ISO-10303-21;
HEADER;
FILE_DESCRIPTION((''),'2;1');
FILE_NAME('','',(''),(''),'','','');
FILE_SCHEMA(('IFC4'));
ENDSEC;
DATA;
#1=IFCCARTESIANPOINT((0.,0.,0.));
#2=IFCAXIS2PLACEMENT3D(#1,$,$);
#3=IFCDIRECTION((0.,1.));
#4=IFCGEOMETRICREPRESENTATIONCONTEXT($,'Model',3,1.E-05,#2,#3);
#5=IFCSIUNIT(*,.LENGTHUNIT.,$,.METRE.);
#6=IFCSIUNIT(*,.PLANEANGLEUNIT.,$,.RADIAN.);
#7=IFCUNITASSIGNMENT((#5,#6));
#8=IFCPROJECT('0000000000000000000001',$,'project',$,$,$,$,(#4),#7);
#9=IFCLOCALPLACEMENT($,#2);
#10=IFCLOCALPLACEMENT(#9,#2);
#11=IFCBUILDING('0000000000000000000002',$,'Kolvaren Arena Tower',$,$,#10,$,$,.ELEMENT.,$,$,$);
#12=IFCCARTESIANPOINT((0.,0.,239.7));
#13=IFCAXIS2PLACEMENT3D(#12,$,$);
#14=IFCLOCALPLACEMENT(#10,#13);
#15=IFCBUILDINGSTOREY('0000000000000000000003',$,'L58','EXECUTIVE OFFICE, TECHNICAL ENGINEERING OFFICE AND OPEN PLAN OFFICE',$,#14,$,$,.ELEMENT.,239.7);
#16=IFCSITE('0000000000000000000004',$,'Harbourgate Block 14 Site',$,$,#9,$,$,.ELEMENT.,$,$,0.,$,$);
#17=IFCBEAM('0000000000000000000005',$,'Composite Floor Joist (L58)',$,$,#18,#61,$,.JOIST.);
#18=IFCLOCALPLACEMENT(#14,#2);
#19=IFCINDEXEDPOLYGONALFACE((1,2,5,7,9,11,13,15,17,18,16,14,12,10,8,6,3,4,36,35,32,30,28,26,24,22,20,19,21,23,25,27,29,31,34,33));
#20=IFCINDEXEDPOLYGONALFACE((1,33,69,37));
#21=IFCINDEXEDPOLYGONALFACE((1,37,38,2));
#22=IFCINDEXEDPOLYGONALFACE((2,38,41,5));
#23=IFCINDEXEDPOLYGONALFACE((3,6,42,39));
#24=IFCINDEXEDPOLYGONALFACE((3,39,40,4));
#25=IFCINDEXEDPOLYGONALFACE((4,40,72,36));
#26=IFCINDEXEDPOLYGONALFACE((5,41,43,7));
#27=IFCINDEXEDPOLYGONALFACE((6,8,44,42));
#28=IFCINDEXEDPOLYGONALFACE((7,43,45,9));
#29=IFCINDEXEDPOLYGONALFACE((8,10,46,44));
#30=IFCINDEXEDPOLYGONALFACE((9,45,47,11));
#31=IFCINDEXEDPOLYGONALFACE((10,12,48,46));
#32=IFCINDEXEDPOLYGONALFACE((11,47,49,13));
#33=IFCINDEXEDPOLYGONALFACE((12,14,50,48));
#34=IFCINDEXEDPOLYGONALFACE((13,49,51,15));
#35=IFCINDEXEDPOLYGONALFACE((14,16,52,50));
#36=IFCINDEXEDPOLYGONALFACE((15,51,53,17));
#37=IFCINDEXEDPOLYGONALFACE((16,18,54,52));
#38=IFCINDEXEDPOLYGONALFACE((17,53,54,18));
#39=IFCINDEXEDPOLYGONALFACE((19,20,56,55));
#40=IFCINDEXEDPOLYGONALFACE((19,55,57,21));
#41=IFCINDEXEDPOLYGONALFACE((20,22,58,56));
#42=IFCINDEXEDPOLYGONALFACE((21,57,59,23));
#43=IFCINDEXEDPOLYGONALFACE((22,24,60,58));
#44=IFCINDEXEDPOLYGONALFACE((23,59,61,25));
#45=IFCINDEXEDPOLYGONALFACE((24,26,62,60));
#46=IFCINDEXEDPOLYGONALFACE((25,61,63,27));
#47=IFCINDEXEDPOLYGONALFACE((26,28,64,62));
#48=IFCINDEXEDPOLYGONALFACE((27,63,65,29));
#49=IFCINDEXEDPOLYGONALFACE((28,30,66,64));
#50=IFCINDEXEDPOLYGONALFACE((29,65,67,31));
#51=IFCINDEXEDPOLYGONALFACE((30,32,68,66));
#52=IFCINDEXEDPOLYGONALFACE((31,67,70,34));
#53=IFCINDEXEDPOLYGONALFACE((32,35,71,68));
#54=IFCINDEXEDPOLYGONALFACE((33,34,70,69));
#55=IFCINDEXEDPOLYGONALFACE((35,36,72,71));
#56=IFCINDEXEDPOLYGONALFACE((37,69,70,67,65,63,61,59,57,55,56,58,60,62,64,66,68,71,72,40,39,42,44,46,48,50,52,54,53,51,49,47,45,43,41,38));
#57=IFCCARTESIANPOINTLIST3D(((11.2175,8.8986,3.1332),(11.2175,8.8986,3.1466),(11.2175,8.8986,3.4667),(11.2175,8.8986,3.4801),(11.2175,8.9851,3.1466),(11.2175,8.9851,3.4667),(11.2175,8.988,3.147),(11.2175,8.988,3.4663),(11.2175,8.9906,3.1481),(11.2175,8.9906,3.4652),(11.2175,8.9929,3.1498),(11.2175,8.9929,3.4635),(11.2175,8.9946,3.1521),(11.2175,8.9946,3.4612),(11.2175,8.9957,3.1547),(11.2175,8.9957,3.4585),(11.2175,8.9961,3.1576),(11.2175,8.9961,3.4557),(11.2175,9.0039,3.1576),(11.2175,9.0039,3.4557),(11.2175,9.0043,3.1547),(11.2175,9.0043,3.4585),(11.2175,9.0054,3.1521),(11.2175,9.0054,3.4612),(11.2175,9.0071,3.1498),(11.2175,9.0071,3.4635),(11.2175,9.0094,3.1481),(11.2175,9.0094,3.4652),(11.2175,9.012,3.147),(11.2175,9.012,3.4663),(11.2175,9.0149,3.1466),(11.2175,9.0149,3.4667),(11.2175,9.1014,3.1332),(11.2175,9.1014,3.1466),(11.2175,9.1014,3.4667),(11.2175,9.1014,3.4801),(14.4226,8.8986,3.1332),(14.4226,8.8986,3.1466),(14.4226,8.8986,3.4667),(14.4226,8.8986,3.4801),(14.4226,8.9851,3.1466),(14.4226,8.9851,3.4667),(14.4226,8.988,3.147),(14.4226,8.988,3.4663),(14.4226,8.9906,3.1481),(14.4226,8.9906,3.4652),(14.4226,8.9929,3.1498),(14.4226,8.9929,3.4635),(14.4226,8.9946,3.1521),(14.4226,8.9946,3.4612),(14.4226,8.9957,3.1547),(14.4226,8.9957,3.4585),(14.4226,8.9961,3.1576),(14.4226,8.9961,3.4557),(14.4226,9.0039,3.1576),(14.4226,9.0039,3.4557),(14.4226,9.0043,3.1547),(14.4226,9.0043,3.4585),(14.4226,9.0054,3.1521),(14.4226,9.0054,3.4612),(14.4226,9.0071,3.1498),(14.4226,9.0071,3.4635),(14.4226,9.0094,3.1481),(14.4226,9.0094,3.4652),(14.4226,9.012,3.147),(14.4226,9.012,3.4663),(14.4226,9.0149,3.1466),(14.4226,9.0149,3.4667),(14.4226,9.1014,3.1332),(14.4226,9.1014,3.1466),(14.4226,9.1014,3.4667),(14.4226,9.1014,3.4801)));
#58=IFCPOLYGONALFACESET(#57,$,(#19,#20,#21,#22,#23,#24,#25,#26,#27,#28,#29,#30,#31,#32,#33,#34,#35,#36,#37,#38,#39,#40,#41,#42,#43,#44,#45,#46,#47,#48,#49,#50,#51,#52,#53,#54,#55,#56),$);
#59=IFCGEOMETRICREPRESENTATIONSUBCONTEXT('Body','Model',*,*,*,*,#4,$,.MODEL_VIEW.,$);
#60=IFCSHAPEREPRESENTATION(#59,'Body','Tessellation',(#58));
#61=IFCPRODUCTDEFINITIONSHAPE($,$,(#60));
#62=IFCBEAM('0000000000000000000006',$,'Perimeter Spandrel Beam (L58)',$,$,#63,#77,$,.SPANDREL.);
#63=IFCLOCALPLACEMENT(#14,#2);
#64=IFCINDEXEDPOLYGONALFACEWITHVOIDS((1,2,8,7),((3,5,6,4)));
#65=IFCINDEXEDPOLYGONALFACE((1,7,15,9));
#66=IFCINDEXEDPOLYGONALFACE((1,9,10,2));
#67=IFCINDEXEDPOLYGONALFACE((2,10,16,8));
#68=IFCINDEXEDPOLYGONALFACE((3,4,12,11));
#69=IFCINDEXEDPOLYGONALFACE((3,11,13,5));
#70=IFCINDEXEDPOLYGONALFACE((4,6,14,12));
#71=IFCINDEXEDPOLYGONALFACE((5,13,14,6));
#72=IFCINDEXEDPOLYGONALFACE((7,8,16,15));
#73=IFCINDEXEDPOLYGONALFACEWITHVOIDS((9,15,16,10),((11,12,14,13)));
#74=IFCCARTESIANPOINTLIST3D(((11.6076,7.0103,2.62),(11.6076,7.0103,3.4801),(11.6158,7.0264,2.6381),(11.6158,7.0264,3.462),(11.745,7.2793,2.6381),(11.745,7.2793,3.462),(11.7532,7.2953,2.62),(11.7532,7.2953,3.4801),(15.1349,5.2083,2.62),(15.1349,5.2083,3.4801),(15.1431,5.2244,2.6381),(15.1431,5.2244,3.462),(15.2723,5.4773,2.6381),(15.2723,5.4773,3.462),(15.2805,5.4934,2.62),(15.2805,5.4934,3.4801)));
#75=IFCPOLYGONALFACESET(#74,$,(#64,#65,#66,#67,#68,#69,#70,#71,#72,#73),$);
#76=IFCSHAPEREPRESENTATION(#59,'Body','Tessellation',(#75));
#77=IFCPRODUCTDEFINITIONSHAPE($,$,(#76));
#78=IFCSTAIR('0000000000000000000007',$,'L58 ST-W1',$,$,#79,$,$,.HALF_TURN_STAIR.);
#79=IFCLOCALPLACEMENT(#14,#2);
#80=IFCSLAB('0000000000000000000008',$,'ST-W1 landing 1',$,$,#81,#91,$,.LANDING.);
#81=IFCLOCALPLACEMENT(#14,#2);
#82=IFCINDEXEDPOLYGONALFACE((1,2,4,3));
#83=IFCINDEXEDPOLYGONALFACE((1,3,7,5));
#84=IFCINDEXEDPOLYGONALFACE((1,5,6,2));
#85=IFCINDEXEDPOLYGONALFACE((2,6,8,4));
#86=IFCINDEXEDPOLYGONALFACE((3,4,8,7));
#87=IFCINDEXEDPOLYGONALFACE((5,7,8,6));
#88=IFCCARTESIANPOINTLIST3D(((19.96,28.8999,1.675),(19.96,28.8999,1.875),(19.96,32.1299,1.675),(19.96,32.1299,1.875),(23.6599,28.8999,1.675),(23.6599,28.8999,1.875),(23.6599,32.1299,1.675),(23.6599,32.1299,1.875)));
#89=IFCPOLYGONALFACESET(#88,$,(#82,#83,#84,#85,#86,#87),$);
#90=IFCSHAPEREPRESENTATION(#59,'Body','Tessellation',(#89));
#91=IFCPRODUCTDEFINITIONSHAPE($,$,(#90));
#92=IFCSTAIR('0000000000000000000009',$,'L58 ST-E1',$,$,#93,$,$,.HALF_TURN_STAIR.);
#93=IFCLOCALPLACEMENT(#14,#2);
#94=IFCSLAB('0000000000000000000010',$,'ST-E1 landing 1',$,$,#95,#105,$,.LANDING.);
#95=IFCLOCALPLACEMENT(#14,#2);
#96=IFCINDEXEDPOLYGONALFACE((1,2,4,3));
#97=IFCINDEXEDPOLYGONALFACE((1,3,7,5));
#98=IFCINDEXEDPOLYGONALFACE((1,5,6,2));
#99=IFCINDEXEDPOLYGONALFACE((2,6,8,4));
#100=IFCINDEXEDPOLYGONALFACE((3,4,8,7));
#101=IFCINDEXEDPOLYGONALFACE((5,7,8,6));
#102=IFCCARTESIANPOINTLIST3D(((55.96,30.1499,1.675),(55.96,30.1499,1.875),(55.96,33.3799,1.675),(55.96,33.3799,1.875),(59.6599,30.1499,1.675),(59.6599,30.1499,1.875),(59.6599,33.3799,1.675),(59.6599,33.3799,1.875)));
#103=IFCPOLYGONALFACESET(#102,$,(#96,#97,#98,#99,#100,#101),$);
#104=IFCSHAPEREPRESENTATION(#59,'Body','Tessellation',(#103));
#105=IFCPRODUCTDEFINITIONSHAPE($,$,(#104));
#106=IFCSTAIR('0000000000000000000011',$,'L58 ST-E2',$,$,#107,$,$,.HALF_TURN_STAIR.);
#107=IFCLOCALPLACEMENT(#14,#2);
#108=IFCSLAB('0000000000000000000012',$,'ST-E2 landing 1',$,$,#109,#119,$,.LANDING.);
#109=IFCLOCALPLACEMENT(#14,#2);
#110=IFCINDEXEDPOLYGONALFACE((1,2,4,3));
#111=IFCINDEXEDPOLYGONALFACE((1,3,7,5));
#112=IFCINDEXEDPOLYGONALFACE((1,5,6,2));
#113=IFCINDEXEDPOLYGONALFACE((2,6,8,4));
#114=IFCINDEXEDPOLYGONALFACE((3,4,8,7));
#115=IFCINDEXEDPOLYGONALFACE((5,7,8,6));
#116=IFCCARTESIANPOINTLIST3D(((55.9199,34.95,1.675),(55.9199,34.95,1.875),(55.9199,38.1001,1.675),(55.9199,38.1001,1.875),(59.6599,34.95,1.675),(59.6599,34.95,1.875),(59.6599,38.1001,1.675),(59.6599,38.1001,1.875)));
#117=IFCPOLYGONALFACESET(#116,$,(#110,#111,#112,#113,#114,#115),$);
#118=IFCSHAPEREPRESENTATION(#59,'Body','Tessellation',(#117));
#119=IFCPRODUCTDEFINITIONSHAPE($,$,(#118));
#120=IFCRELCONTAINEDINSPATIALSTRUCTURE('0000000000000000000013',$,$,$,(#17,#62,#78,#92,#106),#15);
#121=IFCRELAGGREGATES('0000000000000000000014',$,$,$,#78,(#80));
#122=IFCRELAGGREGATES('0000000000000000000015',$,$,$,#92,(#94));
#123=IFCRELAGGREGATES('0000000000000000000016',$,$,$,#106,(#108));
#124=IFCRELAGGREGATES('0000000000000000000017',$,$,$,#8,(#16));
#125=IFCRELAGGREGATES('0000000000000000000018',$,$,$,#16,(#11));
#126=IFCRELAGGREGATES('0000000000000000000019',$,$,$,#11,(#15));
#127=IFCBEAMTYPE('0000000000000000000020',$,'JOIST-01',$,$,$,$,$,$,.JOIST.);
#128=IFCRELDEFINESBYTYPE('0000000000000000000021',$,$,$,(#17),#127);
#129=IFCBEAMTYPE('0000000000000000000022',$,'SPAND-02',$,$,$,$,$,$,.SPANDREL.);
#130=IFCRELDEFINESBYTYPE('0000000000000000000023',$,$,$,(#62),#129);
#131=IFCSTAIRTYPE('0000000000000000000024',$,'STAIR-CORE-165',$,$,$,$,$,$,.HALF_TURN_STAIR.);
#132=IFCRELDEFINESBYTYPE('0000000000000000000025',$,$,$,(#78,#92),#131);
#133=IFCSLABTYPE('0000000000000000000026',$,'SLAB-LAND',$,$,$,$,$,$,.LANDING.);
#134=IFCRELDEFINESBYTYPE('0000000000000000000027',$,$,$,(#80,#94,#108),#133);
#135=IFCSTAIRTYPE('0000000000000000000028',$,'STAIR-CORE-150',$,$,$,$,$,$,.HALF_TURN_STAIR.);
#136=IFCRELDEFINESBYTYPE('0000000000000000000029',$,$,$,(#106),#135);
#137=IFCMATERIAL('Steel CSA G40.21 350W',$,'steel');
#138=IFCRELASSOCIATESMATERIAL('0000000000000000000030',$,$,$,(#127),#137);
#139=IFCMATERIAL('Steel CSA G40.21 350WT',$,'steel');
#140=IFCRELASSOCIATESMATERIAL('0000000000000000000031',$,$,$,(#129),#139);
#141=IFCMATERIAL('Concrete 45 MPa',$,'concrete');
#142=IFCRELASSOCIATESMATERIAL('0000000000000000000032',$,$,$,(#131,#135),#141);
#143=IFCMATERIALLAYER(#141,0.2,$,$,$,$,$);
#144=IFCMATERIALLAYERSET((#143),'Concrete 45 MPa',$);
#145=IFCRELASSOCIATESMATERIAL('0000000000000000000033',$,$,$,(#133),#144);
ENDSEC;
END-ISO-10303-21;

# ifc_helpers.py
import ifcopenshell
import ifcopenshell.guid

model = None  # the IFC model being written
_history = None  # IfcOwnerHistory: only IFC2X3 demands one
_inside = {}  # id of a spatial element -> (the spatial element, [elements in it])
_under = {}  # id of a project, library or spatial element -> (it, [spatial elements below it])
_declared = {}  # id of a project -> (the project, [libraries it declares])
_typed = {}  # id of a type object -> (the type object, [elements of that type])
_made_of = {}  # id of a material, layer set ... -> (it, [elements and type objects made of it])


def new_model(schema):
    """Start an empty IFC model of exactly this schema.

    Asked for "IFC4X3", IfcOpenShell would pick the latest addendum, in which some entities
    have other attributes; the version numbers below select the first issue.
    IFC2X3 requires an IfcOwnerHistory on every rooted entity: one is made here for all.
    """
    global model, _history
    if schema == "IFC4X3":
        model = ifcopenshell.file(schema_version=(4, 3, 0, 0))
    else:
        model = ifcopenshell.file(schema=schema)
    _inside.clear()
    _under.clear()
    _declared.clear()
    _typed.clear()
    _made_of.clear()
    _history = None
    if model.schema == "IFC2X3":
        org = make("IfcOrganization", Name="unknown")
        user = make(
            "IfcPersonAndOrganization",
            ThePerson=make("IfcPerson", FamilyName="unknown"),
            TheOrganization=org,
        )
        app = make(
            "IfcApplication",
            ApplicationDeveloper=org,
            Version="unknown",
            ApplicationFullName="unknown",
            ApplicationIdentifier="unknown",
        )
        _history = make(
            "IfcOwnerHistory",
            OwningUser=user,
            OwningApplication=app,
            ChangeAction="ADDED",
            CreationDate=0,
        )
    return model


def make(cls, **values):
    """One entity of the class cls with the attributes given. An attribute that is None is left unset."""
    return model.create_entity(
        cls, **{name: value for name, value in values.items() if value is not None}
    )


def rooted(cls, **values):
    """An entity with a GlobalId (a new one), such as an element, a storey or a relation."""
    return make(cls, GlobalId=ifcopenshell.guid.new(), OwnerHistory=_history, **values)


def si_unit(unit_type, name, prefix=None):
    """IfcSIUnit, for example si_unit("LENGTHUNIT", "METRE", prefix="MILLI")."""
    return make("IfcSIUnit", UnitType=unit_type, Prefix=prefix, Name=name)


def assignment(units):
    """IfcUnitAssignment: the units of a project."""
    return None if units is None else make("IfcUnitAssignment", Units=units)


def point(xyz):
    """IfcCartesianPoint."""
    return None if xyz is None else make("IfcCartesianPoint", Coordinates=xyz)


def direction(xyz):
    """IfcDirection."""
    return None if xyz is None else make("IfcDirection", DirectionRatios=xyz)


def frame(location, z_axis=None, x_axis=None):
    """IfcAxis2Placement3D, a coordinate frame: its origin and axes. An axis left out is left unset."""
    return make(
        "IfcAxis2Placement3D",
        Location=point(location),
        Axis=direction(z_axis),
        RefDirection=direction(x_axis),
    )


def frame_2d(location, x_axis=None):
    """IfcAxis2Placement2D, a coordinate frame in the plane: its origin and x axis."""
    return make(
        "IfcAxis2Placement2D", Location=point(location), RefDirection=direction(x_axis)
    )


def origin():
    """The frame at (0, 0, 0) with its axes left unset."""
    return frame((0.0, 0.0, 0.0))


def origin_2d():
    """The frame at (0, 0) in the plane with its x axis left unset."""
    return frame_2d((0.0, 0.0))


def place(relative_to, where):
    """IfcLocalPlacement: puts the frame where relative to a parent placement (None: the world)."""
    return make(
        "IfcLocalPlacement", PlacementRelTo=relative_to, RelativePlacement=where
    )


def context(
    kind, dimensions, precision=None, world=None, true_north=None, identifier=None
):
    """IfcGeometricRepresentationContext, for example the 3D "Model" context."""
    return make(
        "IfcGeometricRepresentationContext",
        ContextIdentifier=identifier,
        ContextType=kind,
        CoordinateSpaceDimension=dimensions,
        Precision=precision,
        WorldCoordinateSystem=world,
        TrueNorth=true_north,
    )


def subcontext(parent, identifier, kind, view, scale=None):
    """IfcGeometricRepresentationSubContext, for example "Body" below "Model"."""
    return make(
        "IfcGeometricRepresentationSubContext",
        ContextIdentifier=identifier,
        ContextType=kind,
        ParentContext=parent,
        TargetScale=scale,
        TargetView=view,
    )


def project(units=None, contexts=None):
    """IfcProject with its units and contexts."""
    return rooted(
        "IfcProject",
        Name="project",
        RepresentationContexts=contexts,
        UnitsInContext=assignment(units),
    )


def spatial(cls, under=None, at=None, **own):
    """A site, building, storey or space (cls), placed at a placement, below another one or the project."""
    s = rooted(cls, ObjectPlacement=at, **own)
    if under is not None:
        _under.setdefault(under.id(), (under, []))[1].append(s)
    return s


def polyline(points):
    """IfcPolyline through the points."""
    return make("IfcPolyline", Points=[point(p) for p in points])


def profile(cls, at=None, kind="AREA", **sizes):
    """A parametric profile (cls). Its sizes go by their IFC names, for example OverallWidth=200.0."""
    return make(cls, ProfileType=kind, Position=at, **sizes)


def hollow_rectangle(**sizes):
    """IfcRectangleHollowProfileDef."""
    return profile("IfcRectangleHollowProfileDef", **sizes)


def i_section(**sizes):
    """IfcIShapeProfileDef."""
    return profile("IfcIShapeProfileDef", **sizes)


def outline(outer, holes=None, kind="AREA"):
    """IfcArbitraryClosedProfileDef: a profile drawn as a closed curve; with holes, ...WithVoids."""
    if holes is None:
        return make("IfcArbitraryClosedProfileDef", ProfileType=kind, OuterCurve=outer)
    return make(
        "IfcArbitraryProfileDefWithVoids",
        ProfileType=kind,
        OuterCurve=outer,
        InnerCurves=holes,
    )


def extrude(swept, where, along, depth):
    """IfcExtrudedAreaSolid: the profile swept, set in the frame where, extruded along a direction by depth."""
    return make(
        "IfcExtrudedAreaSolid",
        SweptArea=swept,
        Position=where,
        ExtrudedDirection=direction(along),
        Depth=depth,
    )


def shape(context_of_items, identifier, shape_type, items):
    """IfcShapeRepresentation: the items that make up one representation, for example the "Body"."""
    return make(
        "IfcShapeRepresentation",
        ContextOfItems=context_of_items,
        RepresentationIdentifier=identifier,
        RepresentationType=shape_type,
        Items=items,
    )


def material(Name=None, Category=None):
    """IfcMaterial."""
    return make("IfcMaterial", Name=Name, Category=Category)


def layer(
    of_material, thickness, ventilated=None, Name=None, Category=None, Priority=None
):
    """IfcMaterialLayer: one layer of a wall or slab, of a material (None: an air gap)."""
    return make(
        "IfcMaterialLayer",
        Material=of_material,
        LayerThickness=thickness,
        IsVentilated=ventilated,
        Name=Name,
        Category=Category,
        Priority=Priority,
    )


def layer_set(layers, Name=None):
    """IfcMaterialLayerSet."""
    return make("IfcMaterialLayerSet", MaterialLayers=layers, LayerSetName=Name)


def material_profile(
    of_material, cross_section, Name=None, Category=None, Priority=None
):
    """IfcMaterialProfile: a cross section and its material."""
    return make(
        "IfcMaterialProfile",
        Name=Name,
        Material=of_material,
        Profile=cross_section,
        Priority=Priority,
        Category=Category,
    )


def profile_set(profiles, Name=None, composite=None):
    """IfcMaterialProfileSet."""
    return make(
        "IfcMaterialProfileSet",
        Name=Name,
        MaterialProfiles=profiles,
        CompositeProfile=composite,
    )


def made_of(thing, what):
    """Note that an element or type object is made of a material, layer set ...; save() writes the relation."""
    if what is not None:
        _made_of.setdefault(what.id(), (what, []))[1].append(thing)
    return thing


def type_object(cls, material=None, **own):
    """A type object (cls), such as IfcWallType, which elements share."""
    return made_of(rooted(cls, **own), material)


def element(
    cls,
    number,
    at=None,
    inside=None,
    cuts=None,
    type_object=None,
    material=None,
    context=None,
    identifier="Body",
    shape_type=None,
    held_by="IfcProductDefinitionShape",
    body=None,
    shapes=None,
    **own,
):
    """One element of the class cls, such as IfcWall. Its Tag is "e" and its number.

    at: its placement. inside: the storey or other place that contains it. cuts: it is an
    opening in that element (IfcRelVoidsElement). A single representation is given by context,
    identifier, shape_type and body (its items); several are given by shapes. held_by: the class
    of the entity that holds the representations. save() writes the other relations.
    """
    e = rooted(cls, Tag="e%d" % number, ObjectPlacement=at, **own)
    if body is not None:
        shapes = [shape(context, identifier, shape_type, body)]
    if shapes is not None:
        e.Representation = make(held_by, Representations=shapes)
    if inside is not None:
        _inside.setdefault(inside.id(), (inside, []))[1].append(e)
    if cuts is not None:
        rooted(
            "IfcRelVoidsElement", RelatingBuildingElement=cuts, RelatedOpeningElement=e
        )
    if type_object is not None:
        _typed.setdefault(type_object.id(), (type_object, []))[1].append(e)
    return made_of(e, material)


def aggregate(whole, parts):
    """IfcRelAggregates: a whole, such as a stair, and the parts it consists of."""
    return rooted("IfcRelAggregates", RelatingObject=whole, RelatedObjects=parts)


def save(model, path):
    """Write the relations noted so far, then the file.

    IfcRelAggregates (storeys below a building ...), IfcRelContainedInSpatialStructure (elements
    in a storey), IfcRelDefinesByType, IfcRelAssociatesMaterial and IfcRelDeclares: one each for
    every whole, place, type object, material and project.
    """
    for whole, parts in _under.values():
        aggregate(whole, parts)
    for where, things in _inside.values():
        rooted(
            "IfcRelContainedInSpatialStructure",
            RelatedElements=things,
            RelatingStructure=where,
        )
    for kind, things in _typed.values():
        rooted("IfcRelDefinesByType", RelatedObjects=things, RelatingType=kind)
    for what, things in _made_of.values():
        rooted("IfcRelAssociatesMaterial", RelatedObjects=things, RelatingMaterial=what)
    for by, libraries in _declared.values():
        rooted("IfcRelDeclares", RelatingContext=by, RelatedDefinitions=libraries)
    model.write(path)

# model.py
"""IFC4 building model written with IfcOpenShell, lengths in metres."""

from ifc_helpers import new_model, si_unit, direction, frame, origin, origin_2d, place, context, subcontext, project, spatial, polyline, hollow_rectangle, i_section, outline, extrude, material, layer, layer_set, material_profile, profile_set, type_object, element, aggregate, save


model = new_model("IFC4")

# Units and contexts
model_context = context("Model", 3, precision=1e-05, world=origin(), true_north=direction((0.0, 1.0)))
body_context = subcontext(model_context, "Body", "Model", "MODEL_VIEW")
ifc_project = project(units=[si_unit("LENGTHUNIT", "METRE"), si_unit("PLANEANGLEUNIT", "RADIAN")], contexts=[model_context])

# Site, building, storey
site_placement = place(None, origin())
site = spatial("IfcSite", under=ifc_project, at=site_placement, Name="Harbourgate Block 14 Site", CompositionType="ELEMENT", RefElevation=0.0)
building_placement = place(site_placement, origin())
building = spatial("IfcBuilding", under=site, at=building_placement, Name="Kolvaren Arena Tower", CompositionType="ELEMENT")
storey_placement = place(building_placement, frame((0.0, 0.0, 239.7)))
storey = spatial("IfcBuildingStorey", under=building, at=storey_placement, Name="L58", Description="EXECUTIVE OFFICE, TECHNICAL ENGINEERING OFFICE AND OPEN PLAN OFFICE", CompositionType="ELEMENT", Elevation=239.7)

# Beams
ifc_material_1 = material(Name="Steel CSA G40.21 350W", Category="steel")
ifc_material_profile_1 = material_profile(ifc_material_1, i_section(OverallWidth=0.2029, OverallDepth=0.3469, WebThickness=0.0078, FlangeThickness=0.0134, FilletRadius=0.011, at=origin_2d()), Name="W360x64")
ifc_profile_set_1 = profile_set([ifc_material_profile_1], Name="Steel CSA G40.21 350W")
beam_type_1 = type_object("IfcBeamType", Name="JOIST-01", PredefinedType="JOIST", material=ifc_profile_set_1)
beam_1_placement = place(storey_placement, frame((11.2175, 9.0, 3.3066), z_axis=(1.0, 0.0, 0.0), x_axis=(0.0, 1.0, 0.0)))
element("IfcBeam", 1, at=beam_1_placement, inside=storey, type_object=beam_type_1, Name="Composite Floor Joist (L58)", PredefinedType="JOIST", context=body_context, shape_type="SweptSolid", body=[
    extrude(i_section(OverallWidth=0.2029, OverallDepth=0.3469, WebThickness=0.0078, FlangeThickness=0.0134, FilletRadius=0.011, at=origin_2d()), origin(), (0.0, 0.0, 1.0), 3.2051),
])
ifc_material_2 = material(Name="Steel CSA G40.21 350WT", Category="steel")
ifc_material_profile_2 = material_profile(ifc_material_2, hollow_rectangle(XDim=0.3201, YDim=0.8601, WallThickness=0.0181, at=origin_2d()), Name="HSS 860x320x18")
ifc_profile_set_2 = profile_set([ifc_material_profile_2], Name="Steel CSA G40.21 350WT")
beam_type_2 = type_object("IfcBeamType", Name="SPAND-02", PredefinedType="SPANDREL", material=ifc_profile_set_2)
beam_2_placement = place(storey_placement, frame((11.6804, 7.1528, 3.05), z_axis=(0.890523, -0.454938, 0.0), x_axis=(0.454938, 0.890523, 0.0)))
element("IfcBeam", 2, at=beam_2_placement, inside=storey, type_object=beam_type_2, Name="Perimeter Spandrel Beam (L58)", PredefinedType="SPANDREL", context=body_context, shape_type="SweptSolid", body=[
    extrude(hollow_rectangle(XDim=0.3201, YDim=0.8601, WallThickness=0.0181, at=origin_2d()), origin(), (0.0, 0.0, 1.0), 3.9609),
])

# Stairs, slabs
ifc_material_3 = material(Name="Concrete 45 MPa", Category="concrete")
stair_type_1 = type_object("IfcStairType", Name="STAIR-CORE-165", PredefinedType="HALF_TURN_STAIR", material=ifc_material_3)
stair_1_placement = place(storey_placement, origin())
stair_1 = element("IfcStair", 3, at=stair_1_placement, inside=storey, type_object=stair_type_1, Name="L58 ST-W1", PredefinedType="HALF_TURN_STAIR")
ifc_layer_1 = layer(ifc_material_3, 0.2)
ifc_layer_set_1 = layer_set([ifc_layer_1], Name="Concrete 45 MPa")
slab_type_1 = type_object("IfcSlabType", Name="SLAB-LAND", PredefinedType="LANDING", material=ifc_layer_set_1)
slab_1_placement = place(storey_placement, frame((0.0, 0.0, 1.675)))
slab_1 = element("IfcSlab", 4, at=slab_1_placement, type_object=slab_type_1, Name="ST-W1 landing 1", PredefinedType="LANDING", context=body_context, shape_type="SweptSolid", body=[
    extrude(outline(polyline([(19.96, 28.8999), (23.6599, 28.8999), (23.6599, 32.1299), (19.96, 32.1299), (19.96, 28.8999)])), origin(), (0.0, 0.0, 1.0), 0.2),
])
aggregate(stair_1, [slab_1])
stair_2_placement = place(storey_placement, origin())
stair_2 = element("IfcStair", 5, at=stair_2_placement, inside=storey, type_object=stair_type_1, Name="L58 ST-E1", PredefinedType="HALF_TURN_STAIR")
slab_2_placement = place(storey_placement, frame((0.0, 0.0, 1.675)))
slab_2 = element("IfcSlab", 6, at=slab_2_placement, type_object=slab_type_1, Name="ST-E1 landing 1", PredefinedType="LANDING", context=body_context, shape_type="SweptSolid", body=[
    extrude(outline(polyline([(55.96, 30.1499), (59.6599, 30.1499), (59.6599, 33.3799), (55.96, 33.3799), (55.96, 30.1499)])), origin(), (0.0, 0.0, 1.0), 0.2),
])
aggregate(stair_2, [slab_2])
stair_type_2 = type_object("IfcStairType", Name="STAIR-CORE-150", PredefinedType="HALF_TURN_STAIR", material=ifc_material_3)
stair_3_placement = place(storey_placement, origin())
stair_3 = element("IfcStair", 7, at=stair_3_placement, inside=storey, type_object=stair_type_2, Name="L58 ST-E2", PredefinedType="HALF_TURN_STAIR")
slab_3_placement = place(storey_placement, frame((0.0, 0.0, 1.675)))
slab_3 = element("IfcSlab", 8, at=slab_3_placement, type_object=slab_type_1, Name="ST-E2 landing 1", PredefinedType="LANDING", context=body_context, shape_type="SweptSolid", body=[
    extrude(outline(polyline([(55.9199, 34.95), (59.6599, 34.95), (59.6599, 38.1001), (55.9199, 38.1001), (55.9199, 34.95)])), origin(), (0.0, 0.0, 1.0), 0.2),
])
aggregate(stair_3, [slab_3])

save(model, "model.ifc")
